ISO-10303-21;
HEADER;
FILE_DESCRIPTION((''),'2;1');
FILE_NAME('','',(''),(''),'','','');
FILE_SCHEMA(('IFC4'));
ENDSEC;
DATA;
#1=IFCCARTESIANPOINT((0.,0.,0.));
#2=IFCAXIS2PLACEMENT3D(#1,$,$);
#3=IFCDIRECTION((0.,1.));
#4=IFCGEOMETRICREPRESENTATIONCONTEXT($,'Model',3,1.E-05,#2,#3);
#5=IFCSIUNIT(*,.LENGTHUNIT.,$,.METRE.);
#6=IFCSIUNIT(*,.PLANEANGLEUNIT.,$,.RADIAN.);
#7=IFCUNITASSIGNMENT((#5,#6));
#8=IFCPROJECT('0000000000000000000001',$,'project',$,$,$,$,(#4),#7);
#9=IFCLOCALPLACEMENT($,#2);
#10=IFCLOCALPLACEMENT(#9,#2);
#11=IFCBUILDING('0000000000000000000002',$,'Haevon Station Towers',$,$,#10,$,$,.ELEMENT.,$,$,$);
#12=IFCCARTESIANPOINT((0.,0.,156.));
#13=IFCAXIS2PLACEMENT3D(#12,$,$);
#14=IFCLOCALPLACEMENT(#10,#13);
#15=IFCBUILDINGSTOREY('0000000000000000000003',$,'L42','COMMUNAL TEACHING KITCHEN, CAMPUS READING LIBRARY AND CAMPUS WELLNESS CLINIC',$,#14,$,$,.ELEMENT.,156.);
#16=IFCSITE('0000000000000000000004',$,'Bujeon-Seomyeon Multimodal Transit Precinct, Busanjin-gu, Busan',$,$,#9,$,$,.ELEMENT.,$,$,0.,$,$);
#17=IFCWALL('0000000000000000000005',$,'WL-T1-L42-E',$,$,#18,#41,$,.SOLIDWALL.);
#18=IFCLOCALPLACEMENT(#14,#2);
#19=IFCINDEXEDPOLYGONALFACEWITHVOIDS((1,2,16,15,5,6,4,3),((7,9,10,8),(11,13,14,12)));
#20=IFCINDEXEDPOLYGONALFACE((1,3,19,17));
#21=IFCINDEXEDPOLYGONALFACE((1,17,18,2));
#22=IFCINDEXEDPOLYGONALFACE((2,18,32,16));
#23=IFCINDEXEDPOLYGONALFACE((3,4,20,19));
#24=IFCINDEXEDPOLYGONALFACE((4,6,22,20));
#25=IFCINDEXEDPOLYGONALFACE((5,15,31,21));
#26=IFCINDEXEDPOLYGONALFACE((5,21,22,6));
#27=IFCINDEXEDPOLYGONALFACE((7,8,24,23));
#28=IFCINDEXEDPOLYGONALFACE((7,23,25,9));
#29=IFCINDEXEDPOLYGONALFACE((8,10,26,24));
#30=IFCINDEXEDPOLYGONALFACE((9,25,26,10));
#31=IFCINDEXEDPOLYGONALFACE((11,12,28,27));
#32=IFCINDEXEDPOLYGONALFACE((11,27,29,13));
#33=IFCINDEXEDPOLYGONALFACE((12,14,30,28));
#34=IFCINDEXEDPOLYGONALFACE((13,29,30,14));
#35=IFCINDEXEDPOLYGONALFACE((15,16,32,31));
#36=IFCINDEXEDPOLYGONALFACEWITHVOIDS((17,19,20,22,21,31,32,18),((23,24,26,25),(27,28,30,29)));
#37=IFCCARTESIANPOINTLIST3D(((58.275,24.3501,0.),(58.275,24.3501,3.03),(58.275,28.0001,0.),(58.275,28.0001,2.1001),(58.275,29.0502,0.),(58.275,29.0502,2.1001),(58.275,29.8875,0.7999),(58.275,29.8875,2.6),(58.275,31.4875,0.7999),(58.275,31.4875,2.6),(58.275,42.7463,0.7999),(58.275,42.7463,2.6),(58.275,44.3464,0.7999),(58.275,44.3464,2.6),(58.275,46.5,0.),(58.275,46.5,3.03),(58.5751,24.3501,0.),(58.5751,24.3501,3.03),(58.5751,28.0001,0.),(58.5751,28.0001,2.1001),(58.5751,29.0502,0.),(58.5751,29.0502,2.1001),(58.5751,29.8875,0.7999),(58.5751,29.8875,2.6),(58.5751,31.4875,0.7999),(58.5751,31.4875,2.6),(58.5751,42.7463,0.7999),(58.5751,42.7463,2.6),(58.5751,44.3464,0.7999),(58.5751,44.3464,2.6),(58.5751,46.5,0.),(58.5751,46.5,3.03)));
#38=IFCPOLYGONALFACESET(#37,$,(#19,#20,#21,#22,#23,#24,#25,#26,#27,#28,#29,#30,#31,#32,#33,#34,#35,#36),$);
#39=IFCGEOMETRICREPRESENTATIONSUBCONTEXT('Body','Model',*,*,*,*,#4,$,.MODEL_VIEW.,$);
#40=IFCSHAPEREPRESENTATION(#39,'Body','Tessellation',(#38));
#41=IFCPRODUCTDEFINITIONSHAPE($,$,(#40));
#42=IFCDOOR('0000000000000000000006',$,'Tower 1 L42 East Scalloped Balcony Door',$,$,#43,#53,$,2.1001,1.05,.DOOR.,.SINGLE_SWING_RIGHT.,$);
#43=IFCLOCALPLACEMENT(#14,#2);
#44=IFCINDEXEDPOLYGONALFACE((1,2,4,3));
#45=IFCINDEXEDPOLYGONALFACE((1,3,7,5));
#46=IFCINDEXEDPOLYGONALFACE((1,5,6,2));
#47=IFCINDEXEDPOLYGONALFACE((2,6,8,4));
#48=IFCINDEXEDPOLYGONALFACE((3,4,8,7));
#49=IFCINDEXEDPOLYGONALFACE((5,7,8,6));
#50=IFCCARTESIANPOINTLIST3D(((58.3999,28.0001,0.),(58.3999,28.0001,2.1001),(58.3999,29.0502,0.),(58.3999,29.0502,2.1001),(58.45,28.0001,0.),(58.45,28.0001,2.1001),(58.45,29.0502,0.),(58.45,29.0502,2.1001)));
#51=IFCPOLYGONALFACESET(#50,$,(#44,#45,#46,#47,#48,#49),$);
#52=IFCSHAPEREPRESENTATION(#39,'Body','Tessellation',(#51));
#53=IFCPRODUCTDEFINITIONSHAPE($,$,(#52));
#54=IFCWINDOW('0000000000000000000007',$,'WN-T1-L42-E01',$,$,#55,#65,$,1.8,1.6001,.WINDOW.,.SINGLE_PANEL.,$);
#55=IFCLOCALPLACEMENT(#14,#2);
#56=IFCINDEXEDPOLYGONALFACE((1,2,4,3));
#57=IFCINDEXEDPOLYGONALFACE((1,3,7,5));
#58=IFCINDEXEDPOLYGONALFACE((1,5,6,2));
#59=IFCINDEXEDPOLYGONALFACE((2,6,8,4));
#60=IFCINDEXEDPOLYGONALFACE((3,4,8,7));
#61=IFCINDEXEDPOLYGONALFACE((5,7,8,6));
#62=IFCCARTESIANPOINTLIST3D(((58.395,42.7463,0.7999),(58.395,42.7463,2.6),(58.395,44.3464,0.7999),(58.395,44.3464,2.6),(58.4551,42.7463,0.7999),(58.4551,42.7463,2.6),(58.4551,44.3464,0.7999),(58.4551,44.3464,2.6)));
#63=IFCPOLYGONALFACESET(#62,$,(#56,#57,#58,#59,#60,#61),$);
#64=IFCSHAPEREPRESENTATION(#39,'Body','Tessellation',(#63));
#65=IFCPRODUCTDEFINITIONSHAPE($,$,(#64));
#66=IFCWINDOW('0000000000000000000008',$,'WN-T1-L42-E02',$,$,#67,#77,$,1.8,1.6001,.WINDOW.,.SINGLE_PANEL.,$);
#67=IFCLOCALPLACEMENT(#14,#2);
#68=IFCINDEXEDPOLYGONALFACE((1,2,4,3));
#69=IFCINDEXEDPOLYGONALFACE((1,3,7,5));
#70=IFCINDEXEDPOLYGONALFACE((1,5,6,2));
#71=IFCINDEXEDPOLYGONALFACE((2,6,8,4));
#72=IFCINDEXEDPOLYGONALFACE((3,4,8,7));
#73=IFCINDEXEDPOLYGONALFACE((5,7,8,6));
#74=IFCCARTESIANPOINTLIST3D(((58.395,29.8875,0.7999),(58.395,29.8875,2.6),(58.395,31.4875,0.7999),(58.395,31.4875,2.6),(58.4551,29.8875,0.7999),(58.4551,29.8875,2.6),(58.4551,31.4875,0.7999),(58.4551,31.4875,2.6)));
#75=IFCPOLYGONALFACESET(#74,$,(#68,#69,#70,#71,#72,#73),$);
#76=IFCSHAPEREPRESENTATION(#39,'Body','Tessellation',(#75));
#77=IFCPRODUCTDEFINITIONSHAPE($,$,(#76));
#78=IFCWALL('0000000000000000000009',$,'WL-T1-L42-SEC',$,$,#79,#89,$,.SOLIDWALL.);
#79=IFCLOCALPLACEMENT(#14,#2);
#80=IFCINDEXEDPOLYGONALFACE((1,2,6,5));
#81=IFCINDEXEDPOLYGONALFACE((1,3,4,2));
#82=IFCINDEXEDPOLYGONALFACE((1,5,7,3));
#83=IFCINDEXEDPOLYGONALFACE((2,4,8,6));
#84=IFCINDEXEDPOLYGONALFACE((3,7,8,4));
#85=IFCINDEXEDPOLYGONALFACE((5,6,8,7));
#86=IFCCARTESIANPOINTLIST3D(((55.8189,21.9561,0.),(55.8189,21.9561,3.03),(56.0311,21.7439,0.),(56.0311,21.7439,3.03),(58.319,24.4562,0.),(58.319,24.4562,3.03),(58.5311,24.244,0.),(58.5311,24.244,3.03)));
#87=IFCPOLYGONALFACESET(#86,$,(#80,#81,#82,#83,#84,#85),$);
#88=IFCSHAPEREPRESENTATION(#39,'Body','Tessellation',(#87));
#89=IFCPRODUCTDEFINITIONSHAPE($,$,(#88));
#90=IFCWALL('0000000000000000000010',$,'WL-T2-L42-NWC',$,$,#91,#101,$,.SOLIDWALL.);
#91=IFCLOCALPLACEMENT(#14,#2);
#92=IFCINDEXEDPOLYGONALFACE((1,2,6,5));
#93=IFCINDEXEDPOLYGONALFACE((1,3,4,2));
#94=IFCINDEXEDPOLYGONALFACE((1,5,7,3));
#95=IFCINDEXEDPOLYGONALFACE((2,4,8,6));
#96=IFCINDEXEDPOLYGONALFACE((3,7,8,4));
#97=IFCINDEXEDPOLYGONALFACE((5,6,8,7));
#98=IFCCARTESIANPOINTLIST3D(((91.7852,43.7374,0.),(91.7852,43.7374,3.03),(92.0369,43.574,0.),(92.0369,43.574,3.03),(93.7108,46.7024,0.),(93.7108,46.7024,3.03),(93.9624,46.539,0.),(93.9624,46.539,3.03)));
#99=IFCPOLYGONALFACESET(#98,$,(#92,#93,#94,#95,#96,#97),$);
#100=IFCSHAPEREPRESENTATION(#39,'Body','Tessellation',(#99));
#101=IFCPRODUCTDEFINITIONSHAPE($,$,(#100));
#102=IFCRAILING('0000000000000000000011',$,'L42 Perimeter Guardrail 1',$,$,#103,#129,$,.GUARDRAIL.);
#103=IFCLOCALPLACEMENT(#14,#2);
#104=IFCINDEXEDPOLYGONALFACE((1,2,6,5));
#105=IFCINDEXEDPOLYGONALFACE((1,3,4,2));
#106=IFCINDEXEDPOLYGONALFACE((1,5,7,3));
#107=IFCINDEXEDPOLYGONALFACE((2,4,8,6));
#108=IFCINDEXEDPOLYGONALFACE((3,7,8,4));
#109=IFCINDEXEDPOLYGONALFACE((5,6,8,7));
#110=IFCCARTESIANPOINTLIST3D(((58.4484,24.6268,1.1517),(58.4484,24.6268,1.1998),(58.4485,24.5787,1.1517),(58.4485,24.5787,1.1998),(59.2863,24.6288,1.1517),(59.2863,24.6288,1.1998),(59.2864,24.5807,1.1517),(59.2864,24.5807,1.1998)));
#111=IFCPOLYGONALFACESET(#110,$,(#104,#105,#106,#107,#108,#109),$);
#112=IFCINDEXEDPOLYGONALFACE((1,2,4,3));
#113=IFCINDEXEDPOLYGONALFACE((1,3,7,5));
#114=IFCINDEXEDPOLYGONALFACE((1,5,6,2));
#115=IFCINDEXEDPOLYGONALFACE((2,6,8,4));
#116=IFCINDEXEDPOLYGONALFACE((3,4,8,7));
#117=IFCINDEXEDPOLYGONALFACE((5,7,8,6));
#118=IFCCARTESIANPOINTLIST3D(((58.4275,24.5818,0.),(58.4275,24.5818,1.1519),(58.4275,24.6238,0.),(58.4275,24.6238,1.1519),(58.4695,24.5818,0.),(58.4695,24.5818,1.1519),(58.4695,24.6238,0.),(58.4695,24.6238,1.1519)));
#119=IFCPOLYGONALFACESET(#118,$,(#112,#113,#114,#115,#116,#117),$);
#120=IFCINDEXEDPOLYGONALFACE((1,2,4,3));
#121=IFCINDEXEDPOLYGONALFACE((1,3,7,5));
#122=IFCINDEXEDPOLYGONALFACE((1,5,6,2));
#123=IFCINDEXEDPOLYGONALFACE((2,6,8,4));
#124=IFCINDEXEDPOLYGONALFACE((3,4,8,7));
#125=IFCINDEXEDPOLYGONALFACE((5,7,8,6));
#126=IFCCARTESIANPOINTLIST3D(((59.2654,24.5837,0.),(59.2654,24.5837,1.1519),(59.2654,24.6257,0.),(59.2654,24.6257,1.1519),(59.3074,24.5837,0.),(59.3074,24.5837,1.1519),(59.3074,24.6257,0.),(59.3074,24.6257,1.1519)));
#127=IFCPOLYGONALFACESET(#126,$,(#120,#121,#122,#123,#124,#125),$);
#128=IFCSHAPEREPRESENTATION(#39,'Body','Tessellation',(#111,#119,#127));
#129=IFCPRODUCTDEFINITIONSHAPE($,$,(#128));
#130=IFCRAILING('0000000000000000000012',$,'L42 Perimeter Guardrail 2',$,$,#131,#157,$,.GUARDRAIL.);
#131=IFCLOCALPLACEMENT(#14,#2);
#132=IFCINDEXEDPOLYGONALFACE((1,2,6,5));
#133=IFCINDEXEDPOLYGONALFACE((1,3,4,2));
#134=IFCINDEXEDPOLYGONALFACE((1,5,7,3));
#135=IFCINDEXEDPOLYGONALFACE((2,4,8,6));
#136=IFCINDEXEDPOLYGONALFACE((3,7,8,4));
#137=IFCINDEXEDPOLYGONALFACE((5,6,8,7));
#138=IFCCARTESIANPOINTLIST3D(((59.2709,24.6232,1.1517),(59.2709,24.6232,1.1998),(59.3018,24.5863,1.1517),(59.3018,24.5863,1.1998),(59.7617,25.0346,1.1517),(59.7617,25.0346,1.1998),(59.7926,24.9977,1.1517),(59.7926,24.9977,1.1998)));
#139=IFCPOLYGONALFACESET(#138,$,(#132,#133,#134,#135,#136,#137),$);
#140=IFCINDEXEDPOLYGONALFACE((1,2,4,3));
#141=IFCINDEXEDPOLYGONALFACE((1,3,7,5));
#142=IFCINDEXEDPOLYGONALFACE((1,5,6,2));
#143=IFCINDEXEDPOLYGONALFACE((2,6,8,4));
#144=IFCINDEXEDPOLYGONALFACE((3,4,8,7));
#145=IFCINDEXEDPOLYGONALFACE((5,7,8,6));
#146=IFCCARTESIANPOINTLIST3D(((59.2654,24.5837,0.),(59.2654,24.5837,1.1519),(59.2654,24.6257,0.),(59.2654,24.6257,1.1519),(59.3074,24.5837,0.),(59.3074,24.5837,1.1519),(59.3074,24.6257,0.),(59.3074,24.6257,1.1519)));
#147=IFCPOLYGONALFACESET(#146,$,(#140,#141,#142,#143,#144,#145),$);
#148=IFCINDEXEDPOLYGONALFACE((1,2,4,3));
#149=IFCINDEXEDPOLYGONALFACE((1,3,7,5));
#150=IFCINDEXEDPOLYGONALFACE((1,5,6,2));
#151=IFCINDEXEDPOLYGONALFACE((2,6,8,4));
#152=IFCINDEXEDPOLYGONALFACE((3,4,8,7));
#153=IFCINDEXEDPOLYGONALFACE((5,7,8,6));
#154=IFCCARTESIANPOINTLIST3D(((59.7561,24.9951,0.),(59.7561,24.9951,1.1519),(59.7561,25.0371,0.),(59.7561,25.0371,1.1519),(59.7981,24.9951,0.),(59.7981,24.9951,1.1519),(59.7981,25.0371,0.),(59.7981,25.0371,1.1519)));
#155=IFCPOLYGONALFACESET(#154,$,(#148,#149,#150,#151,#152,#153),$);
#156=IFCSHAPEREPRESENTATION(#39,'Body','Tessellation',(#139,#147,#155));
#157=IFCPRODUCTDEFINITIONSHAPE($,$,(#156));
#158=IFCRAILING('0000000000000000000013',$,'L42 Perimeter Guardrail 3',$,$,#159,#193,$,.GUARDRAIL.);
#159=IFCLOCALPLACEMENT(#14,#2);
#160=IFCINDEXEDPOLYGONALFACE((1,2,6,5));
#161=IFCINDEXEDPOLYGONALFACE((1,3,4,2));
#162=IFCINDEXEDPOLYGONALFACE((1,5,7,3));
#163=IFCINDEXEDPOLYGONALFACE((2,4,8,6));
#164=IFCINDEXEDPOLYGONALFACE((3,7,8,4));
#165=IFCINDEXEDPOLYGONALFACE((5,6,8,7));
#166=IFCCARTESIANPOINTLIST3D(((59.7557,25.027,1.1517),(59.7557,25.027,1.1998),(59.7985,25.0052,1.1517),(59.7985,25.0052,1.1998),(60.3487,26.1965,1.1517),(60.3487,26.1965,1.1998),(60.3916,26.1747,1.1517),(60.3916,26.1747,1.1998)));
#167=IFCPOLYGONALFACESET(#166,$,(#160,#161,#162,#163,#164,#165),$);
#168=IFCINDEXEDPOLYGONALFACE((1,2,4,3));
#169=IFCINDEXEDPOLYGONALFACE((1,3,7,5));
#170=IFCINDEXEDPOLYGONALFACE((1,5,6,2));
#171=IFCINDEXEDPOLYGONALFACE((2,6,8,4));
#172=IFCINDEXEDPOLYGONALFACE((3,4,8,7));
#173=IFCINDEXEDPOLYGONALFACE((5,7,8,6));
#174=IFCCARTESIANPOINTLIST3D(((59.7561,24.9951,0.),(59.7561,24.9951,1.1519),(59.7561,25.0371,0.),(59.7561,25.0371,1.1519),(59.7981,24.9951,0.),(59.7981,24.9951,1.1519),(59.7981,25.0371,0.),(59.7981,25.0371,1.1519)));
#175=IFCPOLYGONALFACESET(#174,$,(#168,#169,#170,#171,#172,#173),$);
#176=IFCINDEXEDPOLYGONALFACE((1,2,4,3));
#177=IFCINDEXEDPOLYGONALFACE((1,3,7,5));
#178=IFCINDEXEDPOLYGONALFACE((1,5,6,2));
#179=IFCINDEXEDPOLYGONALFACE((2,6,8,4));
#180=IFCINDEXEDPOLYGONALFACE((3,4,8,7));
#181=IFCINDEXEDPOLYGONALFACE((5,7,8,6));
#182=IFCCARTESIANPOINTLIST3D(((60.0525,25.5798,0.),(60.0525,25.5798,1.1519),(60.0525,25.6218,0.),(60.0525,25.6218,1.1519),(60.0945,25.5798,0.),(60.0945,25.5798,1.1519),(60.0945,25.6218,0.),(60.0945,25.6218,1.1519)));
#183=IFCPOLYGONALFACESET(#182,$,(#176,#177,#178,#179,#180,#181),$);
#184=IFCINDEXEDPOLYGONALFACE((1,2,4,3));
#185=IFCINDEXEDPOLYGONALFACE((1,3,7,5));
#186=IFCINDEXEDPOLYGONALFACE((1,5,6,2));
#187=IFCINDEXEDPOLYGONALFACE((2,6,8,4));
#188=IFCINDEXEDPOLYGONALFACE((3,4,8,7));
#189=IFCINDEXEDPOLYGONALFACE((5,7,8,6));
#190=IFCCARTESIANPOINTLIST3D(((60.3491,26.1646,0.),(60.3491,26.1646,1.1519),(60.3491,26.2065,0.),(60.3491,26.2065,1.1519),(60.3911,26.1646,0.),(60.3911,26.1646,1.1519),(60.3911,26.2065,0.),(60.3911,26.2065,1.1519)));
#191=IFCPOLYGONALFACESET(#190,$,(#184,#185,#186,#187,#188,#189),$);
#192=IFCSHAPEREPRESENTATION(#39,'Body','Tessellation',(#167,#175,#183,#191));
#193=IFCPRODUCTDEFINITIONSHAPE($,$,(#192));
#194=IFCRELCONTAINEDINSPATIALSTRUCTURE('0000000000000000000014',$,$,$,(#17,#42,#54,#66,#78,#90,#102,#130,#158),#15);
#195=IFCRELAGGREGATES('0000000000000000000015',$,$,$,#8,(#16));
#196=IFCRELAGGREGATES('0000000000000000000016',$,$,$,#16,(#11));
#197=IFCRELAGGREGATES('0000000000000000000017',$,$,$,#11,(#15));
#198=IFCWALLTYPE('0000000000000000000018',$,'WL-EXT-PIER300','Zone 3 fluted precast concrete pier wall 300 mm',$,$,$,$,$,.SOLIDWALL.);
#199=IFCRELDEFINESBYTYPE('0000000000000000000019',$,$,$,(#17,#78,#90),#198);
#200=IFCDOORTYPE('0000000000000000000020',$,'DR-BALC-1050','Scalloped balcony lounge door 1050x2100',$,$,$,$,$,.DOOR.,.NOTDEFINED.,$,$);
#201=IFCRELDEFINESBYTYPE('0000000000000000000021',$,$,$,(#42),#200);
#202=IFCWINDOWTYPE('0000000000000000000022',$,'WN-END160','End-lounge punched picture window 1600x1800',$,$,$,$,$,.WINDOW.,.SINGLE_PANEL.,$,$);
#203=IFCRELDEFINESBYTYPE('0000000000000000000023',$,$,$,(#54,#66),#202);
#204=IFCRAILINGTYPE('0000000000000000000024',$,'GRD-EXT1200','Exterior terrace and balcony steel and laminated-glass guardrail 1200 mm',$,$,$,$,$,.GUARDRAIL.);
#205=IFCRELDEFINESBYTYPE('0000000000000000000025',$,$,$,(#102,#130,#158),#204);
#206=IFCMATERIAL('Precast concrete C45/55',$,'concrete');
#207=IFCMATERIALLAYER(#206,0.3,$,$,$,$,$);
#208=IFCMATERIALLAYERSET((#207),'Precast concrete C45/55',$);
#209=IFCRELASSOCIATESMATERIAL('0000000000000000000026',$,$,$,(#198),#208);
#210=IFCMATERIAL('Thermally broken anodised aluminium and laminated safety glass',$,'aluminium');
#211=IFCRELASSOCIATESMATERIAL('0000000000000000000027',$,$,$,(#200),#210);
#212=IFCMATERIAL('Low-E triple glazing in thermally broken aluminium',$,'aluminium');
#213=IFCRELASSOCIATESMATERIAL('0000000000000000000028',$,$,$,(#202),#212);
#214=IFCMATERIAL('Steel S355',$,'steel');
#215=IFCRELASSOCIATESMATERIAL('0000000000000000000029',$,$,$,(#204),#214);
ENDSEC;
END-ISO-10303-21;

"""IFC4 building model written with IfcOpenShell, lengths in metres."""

from ifc_helpers import new_model, si_unit, direction, frame, frame_2d, origin, origin_2d, place, context, subcontext, project, spatial, rectangle, extrude, material, layer, layer_set, type_object, element, fill, save


model = new_model("IFC4")

# Units and contexts
model_context = context("Model", 3, precision=1e-05, world=origin(), true_north=direction((0.0, 1.0)))
body_context = subcontext(model_context, "Body", "Model", "MODEL_VIEW")
ifc_project = project(units=[si_unit("LENGTHUNIT", "METRE"), si_unit("PLANEANGLEUNIT", "RADIAN")], contexts=[model_context])

# Site, building, storey
site_placement = place(None, origin())
site = spatial("IfcSite", under=ifc_project, at=site_placement, Name="Bujeon-Seomyeon Multimodal Transit Precinct, Busanjin-gu, Busan", CompositionType="ELEMENT", RefElevation=0.0)
building_placement = place(site_placement, origin())
building = spatial("IfcBuilding", under=site, at=building_placement, Name="Haevon Station Towers", CompositionType="ELEMENT")
storey_placement = place(building_placement, frame((0.0, 0.0, 156.0)))
storey = spatial("IfcBuildingStorey", under=building, at=storey_placement, Name="L42", Description="COMMUNAL TEACHING KITCHEN, CAMPUS READING LIBRARY AND CAMPUS WELLNESS CLINIC", CompositionType="ELEMENT", Elevation=156.0)

# Shared definitions
ifc_material_1 = material(Name="Steel S355", Category="steel")

# Shared definitions
ifc_material_2 = material(Name="Precast concrete C45/55", Category="concrete")
ifc_layer_1 = layer(ifc_material_2, 0.3)
ifc_layer_set_1 = layer_set([ifc_layer_1], Name="Precast concrete C45/55")
wall_type = type_object("IfcWallType", Name="WL-EXT-PIER300", Description="Zone 3 fluted precast concrete pier wall 300 mm", PredefinedType="SOLIDWALL", material=ifc_layer_set_1)

# Wall, openings, door, windows
wall_1_placement = place(storey_placement, frame((58.425, 46.5, 0.0), z_axis=(0.0, 0.0, 1.0), x_axis=(0.0, -1.0, 0.0)))
wall_1 = element("IfcWall", 1, at=wall_1_placement, inside=storey, type_object=wall_type, Name="WL-T1-L42-E", PredefinedType="SOLIDWALL", context=body_context, shape_type="SweptSolid", body=[
    extrude(rectangle(XDim=22.1499, YDim=0.3, at=frame_2d((11.075, 0.0))), origin(), (0.0, 0.0, 1.0), 3.03),
])
opening_1_placement = place(wall_1_placement, frame((17.45, 0.0, 0.0)))
opening_1 = element("IfcOpeningElement", 2, at=opening_1_placement, cuts=wall_1, PredefinedType="OPENING", context=body_context, shape_type="SweptSolid", body=[
    extrude(rectangle(XDim=1.05, YDim=2.1001, at=frame_2d((0.5249, 1.05))), frame((0.0, 0.1599, 0.0), z_axis=(0.0, -1.0, 0.0), x_axis=(1.0, 0.0, 0.0)), (0.0, 0.0, 1.0), 0.3201),
])
opening_2_placement = place(wall_1_placement, frame((2.1536, 0.0, 0.8)))
opening_2 = element("IfcOpeningElement", 3, at=opening_2_placement, cuts=wall_1, PredefinedType="OPENING", context=body_context, shape_type="SweptSolid", body=[
    extrude(rectangle(XDim=1.6001, YDim=1.8, at=frame_2d((0.8, 0.8999))), frame((0.0, 0.1599, 0.0), z_axis=(0.0, -1.0, 0.0), x_axis=(1.0, 0.0, 0.0)), (0.0, 0.0, 1.0), 0.3201),
])
opening_3_placement = place(wall_1_placement, frame((15.0125, 0.0, 0.8)))
opening_3 = element("IfcOpeningElement", 4, at=opening_3_placement, cuts=wall_1, PredefinedType="OPENING", context=body_context, shape_type="SweptSolid", body=[
    extrude(rectangle(XDim=1.6001, YDim=1.8, at=frame_2d((0.8, 0.8999))), frame((0.0, 0.1599, 0.0), z_axis=(0.0, -1.0, 0.0), x_axis=(1.0, 0.0, 0.0)), (0.0, 0.0, 1.0), 0.3201),
])
ifc_material_3 = material(Name="Thermally broken anodised aluminium and laminated safety glass", Category="aluminium")
door_type = type_object("IfcDoorType", Name="DR-BALC-1050", Description="Scalloped balcony lounge door 1050x2100", OperationType="NOTDEFINED", PredefinedType="DOOR", material=ifc_material_3)
door_placement = place(opening_1_placement, origin())
door = element("IfcDoor", 5, at=door_placement, inside=storey, type_object=door_type, Name="Tower 1 L42 East Scalloped Balcony Door", OperationType="SINGLE_SWING_RIGHT", OverallHeight=2.1001, OverallWidth=1.05, PredefinedType="DOOR", context=body_context, shape_type="SweptSolid", body=[
    extrude(rectangle(XDim=1.05, YDim=2.1001, at=frame_2d((0.5249, 1.05))), frame((0.0, 0.0249, 0.0), z_axis=(0.0, -1.0, 0.0), x_axis=(1.0, 0.0, 0.0)), (0.0, 0.0, 1.0), 0.05),
])
fill(opening_1, door)
ifc_material_4 = material(Name="Low-E triple glazing in thermally broken aluminium", Category="aluminium")
window_type = type_object("IfcWindowType", Name="WN-END160", Description="End-lounge punched picture window 1600x1800", PartitioningType="SINGLE_PANEL", PredefinedType="WINDOW", material=ifc_material_4)
window_1_placement = place(opening_2_placement, origin())
window_1 = element("IfcWindow", 6, at=window_1_placement, inside=storey, type_object=window_type, Name="WN-T1-L42-E01", OverallHeight=1.8, OverallWidth=1.6001, PartitioningType="SINGLE_PANEL", PredefinedType="WINDOW", context=body_context, shape_type="SweptSolid", body=[
    extrude(rectangle(XDim=1.6001, YDim=1.8, at=frame_2d((0.8, 0.8999))), frame((0.0, 0.03, 0.0), z_axis=(0.0, -1.0, 0.0), x_axis=(1.0, 0.0, 0.0)), (0.0, 0.0, 1.0), 0.0601),
])
fill(opening_2, window_1)
window_2_placement = place(opening_3_placement, origin())
window_2 = element("IfcWindow", 7, at=window_2_placement, inside=storey, type_object=window_type, Name="WN-T1-L42-E02", OverallHeight=1.8, OverallWidth=1.6001, PartitioningType="SINGLE_PANEL", PredefinedType="WINDOW", context=body_context, shape_type="SweptSolid", body=[
    extrude(rectangle(XDim=1.6001, YDim=1.8, at=frame_2d((0.8, 0.8999))), frame((0.0, 0.03, 0.0), z_axis=(0.0, -1.0, 0.0), x_axis=(1.0, 0.0, 0.0)), (0.0, 0.0, 1.0), 0.0601),
])
fill(opening_3, window_2)

# Walls
wall_2_placement = place(storey_placement, frame((58.425, 24.3501, 0.0), z_axis=(0.0, 0.0, 1.0), x_axis=(-0.707107, -0.707107, 0.0)))
element("IfcWall", 8, at=wall_2_placement, inside=storey, type_object=wall_type, Name="WL-T1-L42-SEC", PredefinedType="SOLIDWALL", context=body_context, shape_type="SweptSolid", body=[
    extrude(rectangle(XDim=3.5356, YDim=0.3, at=frame_2d((1.7678, 0.0))), origin(), (0.0, 0.0, 1.0), 3.03),
])
wall_3_placement = place(storey_placement, frame((91.9111, 43.6558, 0.0), z_axis=(0.0, 0.0, 1.0), x_axis=(0.544636, 0.838672, 0.0)))
element("IfcWall", 9, at=wall_3_placement, inside=storey, type_object=wall_type, Name="WL-T2-L42-NWC", PredefinedType="SOLIDWALL", context=body_context, shape_type="SweptSolid", body=[
    extrude(rectangle(XDim=3.5354, YDim=0.3, at=frame_2d((1.7676, 0.0))), origin(), (0.0, 0.0, 1.0), 3.03),
])

# Railings
railing_type = type_object("IfcRailingType", Name="GRD-EXT1200", Description="Exterior terrace and balcony steel and laminated-glass guardrail 1200 mm", PredefinedType="GUARDRAIL", material=ifc_material_1)
railing_1_placement = place(storey_placement, frame((58.4485, 24.6028, 0.0)))
element("IfcRailing", 10, at=railing_1_placement, inside=storey, type_object=railing_type, Name="L42 Perimeter Guardrail 1", PredefinedType="GUARDRAIL", context=body_context, shape_type="SweptSolid", body=[
    extrude(rectangle(XDim=0.0481, YDim=0.0481, at=origin_2d()), frame((0.0, 0.0, 1.1758), z_axis=(0.999997, 0.002331, 0.0), x_axis=(-0.002331, 0.999997, 0.0)), (0.0, 0.0, 1.0), 0.8379),
    extrude(rectangle(XDim=0.042, YDim=0.042, at=origin_2d()), origin(), (0.0, 0.0, 1.0), 1.1519),
    extrude(rectangle(XDim=0.042, YDim=0.042, at=origin_2d()), frame((0.8379, 0.002, 0.0)), (0.0, 0.0, 1.0), 1.1519),
])
railing_2_placement = place(storey_placement, frame((59.2864, 24.6047, 0.0)))
element("IfcRailing", 11, at=railing_2_placement, inside=storey, type_object=railing_type, Name="L42 Perimeter Guardrail 2", PredefinedType="GUARDRAIL", context=body_context, shape_type="SweptSolid", body=[
    extrude(rectangle(XDim=0.0481, YDim=0.0481, at=origin_2d()), frame((0.0, 0.0, 1.1758), z_axis=(0.766343, 0.642432, 0.0), x_axis=(-0.642432, 0.766343, 0.0)), (0.0, 0.0, 1.0), 0.6404),
    extrude(rectangle(XDim=0.042, YDim=0.042, at=origin_2d()), origin(), (0.0, 0.0, 1.0), 1.1519),
    extrude(rectangle(XDim=0.042, YDim=0.042, at=origin_2d()), frame((0.4907, 0.4114, 0.0)), (0.0, 0.0, 1.0), 1.1519),
])
railing_3_placement = place(storey_placement, frame((59.7771, 25.0161, 0.0)))
element("IfcRailing", 12, at=railing_3_placement, inside=storey, type_object=railing_type, Name="L42 Perimeter Guardrail 3", PredefinedType="GUARDRAIL", context=body_context, shape_type="SweptSolid", body=[
    extrude(rectangle(XDim=0.0481, YDim=0.0481, at=origin_2d()), frame((0.0, 0.0, 1.1758), z_axis=(0.452271, 0.891881, 0.0), x_axis=(-0.891881, 0.452271, 0.0)), (0.0, 0.0, 1.0), 1.3113),
    extrude(rectangle(XDim=0.042, YDim=0.042, at=origin_2d()), origin(), (0.0, 0.0, 1.0), 1.1519),
    extrude(rectangle(XDim=0.042, YDim=0.042, at=origin_2d()), frame((0.2964, 0.5847, 0.0)), (0.0, 0.0, 1.0), 1.1519),
    extrude(rectangle(XDim=0.042, YDim=0.042, at=origin_2d()), frame((0.593, 1.1694, 0.0)), (0.0, 0.0, 1.0), 1.1519),
])

save(model, "model.ifc")
